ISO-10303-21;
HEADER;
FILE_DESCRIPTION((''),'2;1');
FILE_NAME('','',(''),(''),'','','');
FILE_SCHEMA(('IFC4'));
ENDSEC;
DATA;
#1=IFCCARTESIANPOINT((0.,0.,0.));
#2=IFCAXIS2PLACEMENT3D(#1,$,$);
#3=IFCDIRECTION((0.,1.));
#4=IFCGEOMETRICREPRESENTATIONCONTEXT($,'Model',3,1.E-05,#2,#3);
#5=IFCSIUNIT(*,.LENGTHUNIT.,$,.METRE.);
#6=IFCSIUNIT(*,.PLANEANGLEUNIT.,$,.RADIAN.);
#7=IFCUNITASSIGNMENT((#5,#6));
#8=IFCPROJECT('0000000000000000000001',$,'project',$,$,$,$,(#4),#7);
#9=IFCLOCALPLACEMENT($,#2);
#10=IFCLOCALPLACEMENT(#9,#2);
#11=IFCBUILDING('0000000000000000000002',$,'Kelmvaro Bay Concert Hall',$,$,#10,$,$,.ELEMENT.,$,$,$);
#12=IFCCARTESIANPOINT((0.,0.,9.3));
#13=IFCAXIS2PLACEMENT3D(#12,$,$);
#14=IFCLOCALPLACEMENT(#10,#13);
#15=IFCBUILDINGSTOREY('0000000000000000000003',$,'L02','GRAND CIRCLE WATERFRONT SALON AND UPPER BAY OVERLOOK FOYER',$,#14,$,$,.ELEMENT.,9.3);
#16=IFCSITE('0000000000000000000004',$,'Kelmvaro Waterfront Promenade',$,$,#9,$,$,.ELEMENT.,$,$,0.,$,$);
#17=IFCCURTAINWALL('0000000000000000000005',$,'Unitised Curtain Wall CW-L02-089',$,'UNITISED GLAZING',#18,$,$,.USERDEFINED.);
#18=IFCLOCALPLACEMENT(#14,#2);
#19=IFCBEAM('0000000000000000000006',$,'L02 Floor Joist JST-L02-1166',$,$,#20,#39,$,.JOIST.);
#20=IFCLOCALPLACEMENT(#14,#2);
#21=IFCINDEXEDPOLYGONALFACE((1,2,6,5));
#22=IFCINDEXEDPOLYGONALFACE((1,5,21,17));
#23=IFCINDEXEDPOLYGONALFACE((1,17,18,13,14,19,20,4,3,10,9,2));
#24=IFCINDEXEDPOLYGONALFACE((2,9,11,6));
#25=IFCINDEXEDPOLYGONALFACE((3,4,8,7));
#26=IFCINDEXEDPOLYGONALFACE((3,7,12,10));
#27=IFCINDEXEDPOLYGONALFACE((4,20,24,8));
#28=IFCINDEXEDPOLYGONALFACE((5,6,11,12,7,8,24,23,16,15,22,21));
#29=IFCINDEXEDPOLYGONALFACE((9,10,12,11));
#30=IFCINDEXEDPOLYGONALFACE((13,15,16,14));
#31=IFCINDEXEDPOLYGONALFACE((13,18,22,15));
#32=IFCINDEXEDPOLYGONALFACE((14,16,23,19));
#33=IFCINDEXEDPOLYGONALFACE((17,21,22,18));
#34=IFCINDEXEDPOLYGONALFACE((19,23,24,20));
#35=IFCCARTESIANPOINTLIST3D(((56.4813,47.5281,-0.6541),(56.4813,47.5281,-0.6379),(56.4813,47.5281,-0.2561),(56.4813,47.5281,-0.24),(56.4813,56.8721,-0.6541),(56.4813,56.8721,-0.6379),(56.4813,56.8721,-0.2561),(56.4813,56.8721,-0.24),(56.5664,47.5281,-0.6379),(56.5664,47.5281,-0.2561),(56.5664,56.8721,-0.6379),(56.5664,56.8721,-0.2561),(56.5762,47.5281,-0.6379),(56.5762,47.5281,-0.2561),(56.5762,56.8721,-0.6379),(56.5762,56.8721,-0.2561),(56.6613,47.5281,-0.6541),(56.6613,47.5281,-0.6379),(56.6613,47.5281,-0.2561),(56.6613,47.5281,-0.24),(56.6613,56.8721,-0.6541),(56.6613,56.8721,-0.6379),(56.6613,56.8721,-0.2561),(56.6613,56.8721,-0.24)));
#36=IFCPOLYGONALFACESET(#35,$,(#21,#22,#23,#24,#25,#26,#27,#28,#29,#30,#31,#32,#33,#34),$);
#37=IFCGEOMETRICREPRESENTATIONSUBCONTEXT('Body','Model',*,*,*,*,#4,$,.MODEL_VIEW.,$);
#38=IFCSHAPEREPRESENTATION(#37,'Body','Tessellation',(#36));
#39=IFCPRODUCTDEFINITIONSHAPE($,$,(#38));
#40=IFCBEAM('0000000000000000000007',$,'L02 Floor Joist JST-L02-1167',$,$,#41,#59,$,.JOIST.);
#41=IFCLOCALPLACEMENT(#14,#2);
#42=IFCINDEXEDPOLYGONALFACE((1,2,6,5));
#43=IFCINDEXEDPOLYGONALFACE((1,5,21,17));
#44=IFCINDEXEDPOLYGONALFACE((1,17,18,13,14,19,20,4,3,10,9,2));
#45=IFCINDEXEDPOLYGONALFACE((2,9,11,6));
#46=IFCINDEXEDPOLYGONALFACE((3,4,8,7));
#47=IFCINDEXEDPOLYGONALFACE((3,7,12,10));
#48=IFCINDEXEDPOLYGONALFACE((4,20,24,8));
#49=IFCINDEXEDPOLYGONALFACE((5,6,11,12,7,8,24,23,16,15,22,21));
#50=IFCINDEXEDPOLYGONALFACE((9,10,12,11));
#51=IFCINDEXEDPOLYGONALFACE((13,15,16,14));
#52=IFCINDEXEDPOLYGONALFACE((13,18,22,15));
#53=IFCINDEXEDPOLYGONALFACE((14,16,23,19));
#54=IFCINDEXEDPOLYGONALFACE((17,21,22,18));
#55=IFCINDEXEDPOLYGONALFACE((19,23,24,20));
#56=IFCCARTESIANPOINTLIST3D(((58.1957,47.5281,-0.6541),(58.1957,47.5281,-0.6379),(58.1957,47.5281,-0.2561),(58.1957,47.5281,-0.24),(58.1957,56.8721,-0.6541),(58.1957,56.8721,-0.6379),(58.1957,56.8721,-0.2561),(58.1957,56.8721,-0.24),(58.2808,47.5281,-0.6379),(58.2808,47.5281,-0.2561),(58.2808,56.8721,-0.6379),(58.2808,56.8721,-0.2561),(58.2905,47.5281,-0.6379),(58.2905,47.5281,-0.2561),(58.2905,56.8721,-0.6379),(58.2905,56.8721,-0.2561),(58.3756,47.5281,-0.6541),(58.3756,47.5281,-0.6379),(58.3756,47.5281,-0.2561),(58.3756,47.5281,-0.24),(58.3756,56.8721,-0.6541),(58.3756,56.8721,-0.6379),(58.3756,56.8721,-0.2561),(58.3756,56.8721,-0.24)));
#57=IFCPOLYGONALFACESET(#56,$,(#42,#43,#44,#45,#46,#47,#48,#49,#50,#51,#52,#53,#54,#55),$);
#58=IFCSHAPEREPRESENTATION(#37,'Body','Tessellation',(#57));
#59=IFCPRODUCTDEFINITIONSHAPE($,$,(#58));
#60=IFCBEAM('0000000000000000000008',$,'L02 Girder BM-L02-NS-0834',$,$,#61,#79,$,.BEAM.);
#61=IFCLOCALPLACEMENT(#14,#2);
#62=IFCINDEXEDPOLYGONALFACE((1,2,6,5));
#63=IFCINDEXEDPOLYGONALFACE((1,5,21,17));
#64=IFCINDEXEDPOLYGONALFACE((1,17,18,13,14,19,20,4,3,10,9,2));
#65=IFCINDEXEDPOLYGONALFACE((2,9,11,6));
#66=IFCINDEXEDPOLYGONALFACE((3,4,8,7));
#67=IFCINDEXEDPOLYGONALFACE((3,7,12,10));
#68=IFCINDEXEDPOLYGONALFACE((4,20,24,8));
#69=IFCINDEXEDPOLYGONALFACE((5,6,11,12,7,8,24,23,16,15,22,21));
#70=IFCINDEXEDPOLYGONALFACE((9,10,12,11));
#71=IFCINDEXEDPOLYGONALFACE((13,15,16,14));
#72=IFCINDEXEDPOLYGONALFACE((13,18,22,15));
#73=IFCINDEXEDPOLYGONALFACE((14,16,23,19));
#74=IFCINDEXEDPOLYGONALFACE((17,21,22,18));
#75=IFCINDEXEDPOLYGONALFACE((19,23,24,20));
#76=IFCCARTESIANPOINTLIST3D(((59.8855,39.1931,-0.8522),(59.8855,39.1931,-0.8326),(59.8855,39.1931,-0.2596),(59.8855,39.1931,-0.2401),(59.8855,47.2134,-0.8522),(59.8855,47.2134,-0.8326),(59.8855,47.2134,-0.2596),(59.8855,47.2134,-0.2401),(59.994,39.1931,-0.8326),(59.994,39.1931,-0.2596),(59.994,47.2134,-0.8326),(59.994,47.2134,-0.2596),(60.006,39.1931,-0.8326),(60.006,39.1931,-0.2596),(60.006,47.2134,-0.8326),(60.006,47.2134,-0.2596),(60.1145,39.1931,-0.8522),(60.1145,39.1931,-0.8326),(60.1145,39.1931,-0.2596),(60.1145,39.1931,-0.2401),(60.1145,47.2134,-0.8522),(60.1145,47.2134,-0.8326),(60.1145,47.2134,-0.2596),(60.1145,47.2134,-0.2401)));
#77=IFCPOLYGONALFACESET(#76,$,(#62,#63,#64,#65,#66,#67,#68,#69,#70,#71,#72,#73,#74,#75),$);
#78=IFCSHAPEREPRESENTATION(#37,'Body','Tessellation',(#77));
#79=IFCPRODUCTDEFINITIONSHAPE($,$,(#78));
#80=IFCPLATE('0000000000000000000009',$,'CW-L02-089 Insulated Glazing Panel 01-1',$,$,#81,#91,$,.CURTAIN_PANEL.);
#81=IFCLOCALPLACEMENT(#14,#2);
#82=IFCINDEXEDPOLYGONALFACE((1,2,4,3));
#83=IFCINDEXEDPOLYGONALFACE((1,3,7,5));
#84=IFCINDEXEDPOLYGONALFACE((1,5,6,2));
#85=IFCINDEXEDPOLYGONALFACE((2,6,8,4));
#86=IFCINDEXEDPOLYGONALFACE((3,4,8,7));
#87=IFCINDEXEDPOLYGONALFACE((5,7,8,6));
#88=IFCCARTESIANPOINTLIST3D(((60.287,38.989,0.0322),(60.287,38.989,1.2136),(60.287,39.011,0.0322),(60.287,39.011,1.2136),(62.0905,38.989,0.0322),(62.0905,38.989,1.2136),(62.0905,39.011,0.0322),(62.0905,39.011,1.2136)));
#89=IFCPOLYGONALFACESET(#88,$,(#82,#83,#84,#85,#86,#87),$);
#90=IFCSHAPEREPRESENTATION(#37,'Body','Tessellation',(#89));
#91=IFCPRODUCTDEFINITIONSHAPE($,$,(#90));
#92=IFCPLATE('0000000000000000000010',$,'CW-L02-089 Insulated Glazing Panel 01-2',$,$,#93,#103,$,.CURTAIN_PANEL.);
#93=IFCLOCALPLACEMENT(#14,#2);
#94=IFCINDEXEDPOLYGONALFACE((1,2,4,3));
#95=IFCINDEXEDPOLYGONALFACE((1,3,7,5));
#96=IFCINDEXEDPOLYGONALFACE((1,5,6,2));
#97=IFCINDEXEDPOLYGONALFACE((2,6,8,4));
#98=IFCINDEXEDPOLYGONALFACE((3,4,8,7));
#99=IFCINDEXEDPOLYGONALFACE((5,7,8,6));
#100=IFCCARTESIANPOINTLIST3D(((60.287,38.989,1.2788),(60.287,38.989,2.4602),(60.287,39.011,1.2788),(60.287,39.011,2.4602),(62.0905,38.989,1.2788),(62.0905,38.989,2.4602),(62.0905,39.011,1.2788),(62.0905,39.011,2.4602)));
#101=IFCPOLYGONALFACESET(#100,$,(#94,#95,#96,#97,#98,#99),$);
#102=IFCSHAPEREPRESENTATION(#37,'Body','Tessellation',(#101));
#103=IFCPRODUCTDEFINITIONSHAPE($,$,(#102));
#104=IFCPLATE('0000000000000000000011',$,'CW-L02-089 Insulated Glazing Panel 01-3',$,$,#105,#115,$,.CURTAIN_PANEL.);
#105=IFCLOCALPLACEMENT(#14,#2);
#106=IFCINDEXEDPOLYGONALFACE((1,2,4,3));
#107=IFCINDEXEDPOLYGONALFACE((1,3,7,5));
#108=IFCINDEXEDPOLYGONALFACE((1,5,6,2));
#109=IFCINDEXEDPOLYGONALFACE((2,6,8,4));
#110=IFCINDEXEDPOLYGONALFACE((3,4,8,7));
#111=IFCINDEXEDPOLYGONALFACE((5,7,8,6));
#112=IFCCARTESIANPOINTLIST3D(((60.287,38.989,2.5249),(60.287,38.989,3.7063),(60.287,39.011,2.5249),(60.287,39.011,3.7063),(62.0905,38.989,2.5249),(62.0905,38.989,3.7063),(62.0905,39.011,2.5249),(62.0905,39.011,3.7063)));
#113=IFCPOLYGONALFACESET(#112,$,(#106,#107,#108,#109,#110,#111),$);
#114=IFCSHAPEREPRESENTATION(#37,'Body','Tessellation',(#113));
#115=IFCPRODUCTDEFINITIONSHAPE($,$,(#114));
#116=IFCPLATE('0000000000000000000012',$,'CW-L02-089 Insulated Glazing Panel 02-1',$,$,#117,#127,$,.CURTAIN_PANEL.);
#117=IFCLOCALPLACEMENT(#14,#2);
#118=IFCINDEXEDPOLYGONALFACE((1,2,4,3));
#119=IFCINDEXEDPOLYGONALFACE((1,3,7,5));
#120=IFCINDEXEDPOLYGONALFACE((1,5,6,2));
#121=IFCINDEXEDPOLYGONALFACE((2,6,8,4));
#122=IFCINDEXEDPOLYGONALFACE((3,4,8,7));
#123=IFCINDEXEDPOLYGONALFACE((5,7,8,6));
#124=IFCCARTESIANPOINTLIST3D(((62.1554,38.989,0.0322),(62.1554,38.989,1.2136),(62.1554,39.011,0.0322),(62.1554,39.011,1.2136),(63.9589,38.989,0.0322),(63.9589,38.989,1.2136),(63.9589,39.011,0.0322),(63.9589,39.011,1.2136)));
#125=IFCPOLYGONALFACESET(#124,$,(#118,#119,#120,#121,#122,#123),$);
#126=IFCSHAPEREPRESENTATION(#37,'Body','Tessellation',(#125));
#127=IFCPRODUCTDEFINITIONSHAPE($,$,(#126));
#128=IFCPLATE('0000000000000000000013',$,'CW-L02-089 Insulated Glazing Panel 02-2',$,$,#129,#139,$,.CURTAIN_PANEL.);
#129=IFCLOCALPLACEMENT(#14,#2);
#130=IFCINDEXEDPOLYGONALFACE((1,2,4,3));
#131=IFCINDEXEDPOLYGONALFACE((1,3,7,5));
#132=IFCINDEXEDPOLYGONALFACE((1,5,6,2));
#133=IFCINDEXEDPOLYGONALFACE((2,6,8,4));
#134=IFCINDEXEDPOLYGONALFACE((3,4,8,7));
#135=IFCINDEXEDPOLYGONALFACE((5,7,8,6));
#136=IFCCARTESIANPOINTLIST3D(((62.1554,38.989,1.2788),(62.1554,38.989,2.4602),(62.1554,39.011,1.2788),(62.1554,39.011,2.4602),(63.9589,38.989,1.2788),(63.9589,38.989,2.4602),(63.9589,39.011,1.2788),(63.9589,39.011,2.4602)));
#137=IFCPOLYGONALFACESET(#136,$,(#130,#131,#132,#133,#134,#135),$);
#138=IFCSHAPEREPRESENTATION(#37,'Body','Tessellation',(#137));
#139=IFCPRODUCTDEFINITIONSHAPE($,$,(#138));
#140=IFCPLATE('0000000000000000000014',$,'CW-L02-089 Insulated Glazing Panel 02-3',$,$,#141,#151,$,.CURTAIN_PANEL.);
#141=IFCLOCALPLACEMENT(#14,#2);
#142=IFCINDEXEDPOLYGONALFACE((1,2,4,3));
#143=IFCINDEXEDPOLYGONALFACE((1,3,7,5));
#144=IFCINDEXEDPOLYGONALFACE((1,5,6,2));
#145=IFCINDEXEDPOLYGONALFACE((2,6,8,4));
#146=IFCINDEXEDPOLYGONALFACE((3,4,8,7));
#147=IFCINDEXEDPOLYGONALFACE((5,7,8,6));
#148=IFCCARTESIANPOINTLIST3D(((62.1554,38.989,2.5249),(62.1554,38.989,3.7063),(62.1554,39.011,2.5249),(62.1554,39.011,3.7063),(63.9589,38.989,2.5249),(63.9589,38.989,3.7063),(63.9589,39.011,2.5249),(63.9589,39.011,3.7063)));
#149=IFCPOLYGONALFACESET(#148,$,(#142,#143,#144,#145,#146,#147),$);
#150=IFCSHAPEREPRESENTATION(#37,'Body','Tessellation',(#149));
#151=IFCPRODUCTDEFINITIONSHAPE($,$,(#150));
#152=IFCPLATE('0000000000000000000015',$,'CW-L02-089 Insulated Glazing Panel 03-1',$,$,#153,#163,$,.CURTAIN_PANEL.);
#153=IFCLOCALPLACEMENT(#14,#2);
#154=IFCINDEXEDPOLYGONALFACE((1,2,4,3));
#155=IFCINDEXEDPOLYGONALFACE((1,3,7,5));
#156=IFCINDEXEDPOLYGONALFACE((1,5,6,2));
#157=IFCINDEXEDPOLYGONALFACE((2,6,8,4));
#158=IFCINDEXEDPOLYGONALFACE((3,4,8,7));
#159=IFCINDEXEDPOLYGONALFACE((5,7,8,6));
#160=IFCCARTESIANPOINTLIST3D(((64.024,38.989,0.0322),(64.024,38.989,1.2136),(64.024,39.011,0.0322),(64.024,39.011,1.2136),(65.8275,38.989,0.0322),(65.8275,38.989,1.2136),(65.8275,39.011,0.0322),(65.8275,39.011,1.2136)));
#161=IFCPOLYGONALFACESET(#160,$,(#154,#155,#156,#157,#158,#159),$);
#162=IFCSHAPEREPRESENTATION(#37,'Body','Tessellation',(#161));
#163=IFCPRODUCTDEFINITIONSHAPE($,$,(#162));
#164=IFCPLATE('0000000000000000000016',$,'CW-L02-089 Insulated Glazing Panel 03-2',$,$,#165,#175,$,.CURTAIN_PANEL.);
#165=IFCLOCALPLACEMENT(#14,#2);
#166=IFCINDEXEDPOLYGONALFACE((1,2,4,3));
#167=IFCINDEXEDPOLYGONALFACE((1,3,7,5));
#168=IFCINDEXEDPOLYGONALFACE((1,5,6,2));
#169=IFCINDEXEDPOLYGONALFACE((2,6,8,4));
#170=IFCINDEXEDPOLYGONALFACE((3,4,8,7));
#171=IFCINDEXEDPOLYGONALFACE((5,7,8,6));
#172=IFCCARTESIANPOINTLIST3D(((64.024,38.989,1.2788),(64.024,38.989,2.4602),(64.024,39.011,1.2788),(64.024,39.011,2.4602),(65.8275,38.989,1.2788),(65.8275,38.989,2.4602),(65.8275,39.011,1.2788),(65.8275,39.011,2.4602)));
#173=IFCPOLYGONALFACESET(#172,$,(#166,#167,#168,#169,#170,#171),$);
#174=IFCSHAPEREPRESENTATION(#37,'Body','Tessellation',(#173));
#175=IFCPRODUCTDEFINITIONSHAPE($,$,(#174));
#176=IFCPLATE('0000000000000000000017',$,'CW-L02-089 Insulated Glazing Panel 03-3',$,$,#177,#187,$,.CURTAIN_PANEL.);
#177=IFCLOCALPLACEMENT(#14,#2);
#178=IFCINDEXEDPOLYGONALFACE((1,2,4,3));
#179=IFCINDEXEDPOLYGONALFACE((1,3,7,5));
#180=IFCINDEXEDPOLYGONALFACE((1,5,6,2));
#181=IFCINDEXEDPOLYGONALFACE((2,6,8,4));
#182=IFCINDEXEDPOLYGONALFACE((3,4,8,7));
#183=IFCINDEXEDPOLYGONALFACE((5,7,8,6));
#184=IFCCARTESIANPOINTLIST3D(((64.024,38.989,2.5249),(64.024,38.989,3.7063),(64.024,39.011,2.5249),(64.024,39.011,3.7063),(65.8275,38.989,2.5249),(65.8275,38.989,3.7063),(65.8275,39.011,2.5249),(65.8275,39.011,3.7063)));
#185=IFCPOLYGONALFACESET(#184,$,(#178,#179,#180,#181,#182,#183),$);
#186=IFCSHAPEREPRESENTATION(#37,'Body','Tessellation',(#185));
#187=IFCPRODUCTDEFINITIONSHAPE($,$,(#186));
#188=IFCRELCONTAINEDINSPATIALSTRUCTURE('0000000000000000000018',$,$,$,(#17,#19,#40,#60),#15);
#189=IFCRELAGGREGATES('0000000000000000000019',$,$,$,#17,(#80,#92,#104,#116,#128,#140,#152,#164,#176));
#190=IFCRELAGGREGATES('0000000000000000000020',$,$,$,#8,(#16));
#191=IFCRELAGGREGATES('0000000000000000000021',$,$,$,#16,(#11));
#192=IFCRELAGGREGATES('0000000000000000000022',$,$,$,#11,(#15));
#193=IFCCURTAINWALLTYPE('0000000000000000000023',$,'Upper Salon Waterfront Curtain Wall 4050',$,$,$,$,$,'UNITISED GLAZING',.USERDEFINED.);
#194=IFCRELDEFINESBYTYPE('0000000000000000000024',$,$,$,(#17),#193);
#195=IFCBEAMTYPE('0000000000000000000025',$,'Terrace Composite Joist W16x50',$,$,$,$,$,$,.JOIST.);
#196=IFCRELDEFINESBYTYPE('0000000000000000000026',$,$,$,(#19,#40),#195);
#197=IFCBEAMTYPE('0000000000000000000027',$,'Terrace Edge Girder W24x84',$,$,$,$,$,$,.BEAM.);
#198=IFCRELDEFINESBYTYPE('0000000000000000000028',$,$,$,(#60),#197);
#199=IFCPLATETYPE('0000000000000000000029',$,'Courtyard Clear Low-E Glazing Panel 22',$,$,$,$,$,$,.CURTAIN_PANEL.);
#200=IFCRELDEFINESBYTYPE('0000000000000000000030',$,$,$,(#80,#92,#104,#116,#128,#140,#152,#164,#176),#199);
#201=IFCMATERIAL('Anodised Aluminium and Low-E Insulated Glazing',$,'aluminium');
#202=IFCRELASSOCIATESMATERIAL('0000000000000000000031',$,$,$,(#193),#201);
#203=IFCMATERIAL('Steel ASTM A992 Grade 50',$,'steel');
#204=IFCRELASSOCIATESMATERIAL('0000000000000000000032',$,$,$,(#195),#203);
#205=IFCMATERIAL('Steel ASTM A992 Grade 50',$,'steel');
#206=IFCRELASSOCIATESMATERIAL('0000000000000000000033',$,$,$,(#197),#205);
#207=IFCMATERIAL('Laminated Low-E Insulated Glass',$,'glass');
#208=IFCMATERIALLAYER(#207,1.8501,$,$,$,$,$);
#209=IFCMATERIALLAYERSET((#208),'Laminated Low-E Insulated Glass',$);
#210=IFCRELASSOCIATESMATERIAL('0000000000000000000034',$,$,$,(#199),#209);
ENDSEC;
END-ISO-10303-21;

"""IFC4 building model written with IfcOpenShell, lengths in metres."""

from ifc_helpers import new_model, si_unit, direction, frame, origin, origin_2d, place, context, subcontext, project, spatial, rectangle, i_section, extrude, material, layer, layer_set, material_profile, profile_set, type_object, element, aggregate, save


model = new_model("IFC4")

# Units and contexts
model_context = context("Model", 3, precision=1e-05, world=origin(), true_north=direction((0.0, 1.0)))
body_context = subcontext(model_context, "Body", "Model", "MODEL_VIEW")
ifc_project = project(units=[si_unit("LENGTHUNIT", "METRE"), si_unit("PLANEANGLEUNIT", "RADIAN")], contexts=[model_context])

# Site, building, storey
site_placement = place(None, origin())
site = spatial("IfcSite", under=ifc_project, at=site_placement, Name="Kelmvaro Waterfront Promenade", CompositionType="ELEMENT", RefElevation=0.0)
building_placement = place(site_placement, origin())
building = spatial("IfcBuilding", under=site, at=building_placement, Name="Kelmvaro Bay Concert Hall", CompositionType="ELEMENT")
storey_placement = place(building_placement, frame((0.0, 0.0, 9.3)))
storey = spatial("IfcBuildingStorey", under=building, at=storey_placement, Name="L02", Description="GRAND CIRCLE WATERFRONT SALON AND UPPER BAY OVERLOOK FOYER", CompositionType="ELEMENT", Elevation=9.3)

# Curtain wall
ifc_material_1 = material(Name="Anodised Aluminium and Low-E Insulated Glazing", Category="aluminium")
curtain_wall_type = type_object("IfcCurtainWallType", Name="Upper Salon Waterfront Curtain Wall 4050", ElementType="UNITISED GLAZING", PredefinedType="USERDEFINED", material=ifc_material_1)
curtain_wall_placement = place(storey_placement, origin())
curtain_wall = element("IfcCurtainWall", 1, at=curtain_wall_placement, inside=storey, type_object=curtain_wall_type, Name="Unitised Curtain Wall CW-L02-089", ObjectType="UNITISED GLAZING", PredefinedType="USERDEFINED")

# Beams
ifc_material_2 = material(Name="Steel ASTM A992 Grade 50", Category="steel")
ifc_material_profile_1 = material_profile(ifc_material_2, i_section(OverallWidth=0.1799, OverallDepth=0.4141, WebThickness=0.0098, FlangeThickness=0.0161, at=origin_2d()), Name="W16X50")
ifc_profile_set_1 = profile_set([ifc_material_profile_1], Name="Steel ASTM A992 Grade 50")
beam_type_1 = type_object("IfcBeamType", Name="Terrace Composite Joist W16x50", PredefinedType="JOIST", material=ifc_profile_set_1)
for number, where, z_axis, x_axis, name in (
    (2, (56.5713, 47.5281, -0.447), (0.0, 1.0, 0.0), (-1.0, 0.0, 0.0), "L02 Floor Joist JST-L02-1166"),
    (3, (58.2856, 47.5281, -0.447), (0.0, 1.0, 0.0), (-1.0, 0.0, 0.0), "L02 Floor Joist JST-L02-1167"),
):
    element("IfcBeam", number, at=place(storey_placement, frame(where, z_axis=z_axis, x_axis=x_axis)), inside=storey, type_object=beam_type_1, Name=name, PredefinedType="JOIST", context=body_context, shape_type="SweptSolid", body=[
        extrude(i_section(OverallWidth=0.1799, OverallDepth=0.4141, WebThickness=0.0098, FlangeThickness=0.0161, at=origin_2d()), origin(), (0.0, 0.0, 1.0), 9.344),
    ])
ifc_material_3 = material(Name="Steel ASTM A992 Grade 50", Category="steel")
ifc_material_profile_2 = material_profile(ifc_material_3, i_section(OverallWidth=0.229, OverallDepth=0.6121, WebThickness=0.012, FlangeThickness=0.0195, at=origin_2d()), Name="W24X84")
ifc_profile_set_2 = profile_set([ifc_material_profile_2], Name="Steel ASTM A992 Grade 50")
beam_type_2 = type_object("IfcBeamType", Name="Terrace Edge Girder W24x84", PredefinedType="BEAM", material=ifc_profile_set_2)
beam_1_placement = place(storey_placement, frame((60.0, 39.1931, -0.5461), z_axis=(0.0, 1.0, 0.0), x_axis=(-1.0, 0.0, 0.0)))
element("IfcBeam", 4, at=beam_1_placement, inside=storey, type_object=beam_type_2, Name="L02 Girder BM-L02-NS-0834", PredefinedType="BEAM", context=body_context, shape_type="SweptSolid", body=[
    extrude(i_section(OverallWidth=0.229, OverallDepth=0.6121, WebThickness=0.012, FlangeThickness=0.0195, at=origin_2d()), origin(), (0.0, 0.0, 1.0), 8.0203),
])

# Plates
ifc_material_4 = material(Name="Laminated Low-E Insulated Glass", Category="glass")
ifc_layer = layer(ifc_material_4, 1.8501)
ifc_layer_set = layer_set([ifc_layer], Name="Laminated Low-E Insulated Glass")
plate_type = type_object("IfcPlateType", Name="Courtyard Clear Low-E Glazing Panel 22", PredefinedType="CURTAIN_PANEL", material=ifc_layer_set)
plate_1_placement = place(storey_placement, frame((61.1887, 39.0, 0.0322), z_axis=(0.0, 0.0, 1.0), x_axis=(1.0, 0.0, 0.0)))
plate_1 = element("IfcPlate", 5, at=plate_1_placement, type_object=plate_type, Name="CW-L02-089 Insulated Glazing Panel 01-1", PredefinedType="CURTAIN_PANEL", context=body_context, shape_type="SweptSolid", body=[
    extrude(rectangle(XDim=1.8035, YDim=0.022, at=origin_2d()), origin(), (0.0, 0.0, 1.0), 1.1814),
])
plate_2_placement = place(storey_placement, frame((61.1887, 39.0, 1.2788), z_axis=(0.0, 0.0, 1.0), x_axis=(1.0, 0.0, 0.0)))
plate_2 = element("IfcPlate", 6, at=plate_2_placement, type_object=plate_type, Name="CW-L02-089 Insulated Glazing Panel 01-2", PredefinedType="CURTAIN_PANEL", context=body_context, shape_type="SweptSolid", body=[
    extrude(rectangle(XDim=1.8035, YDim=0.022, at=origin_2d()), origin(), (0.0, 0.0, 1.0), 1.1814),
])
plate_3_placement = place(storey_placement, frame((61.1887, 39.0, 2.5249), z_axis=(0.0, 0.0, 1.0), x_axis=(1.0, 0.0, 0.0)))
plate_3 = element("IfcPlate", 7, at=plate_3_placement, type_object=plate_type, Name="CW-L02-089 Insulated Glazing Panel 01-3", PredefinedType="CURTAIN_PANEL", context=body_context, shape_type="SweptSolid", body=[
    extrude(rectangle(XDim=1.8035, YDim=0.022, at=origin_2d()), origin(), (0.0, 0.0, 1.0), 1.1814),
])
plate_4_placement = place(storey_placement, frame((63.0571, 39.0, 0.0322), z_axis=(0.0, 0.0, 1.0), x_axis=(1.0, 0.0, 0.0)))
plate_4 = element("IfcPlate", 8, at=plate_4_placement, type_object=plate_type, Name="CW-L02-089 Insulated Glazing Panel 02-1", PredefinedType="CURTAIN_PANEL", context=body_context, shape_type="SweptSolid", body=[
    extrude(rectangle(XDim=1.8035, YDim=0.022, at=origin_2d()), origin(), (0.0, 0.0, 1.0), 1.1814),
])
plate_5_placement = place(storey_placement, frame((63.0571, 39.0, 1.2788), z_axis=(0.0, 0.0, 1.0), x_axis=(1.0, 0.0, 0.0)))
plate_5 = element("IfcPlate", 9, at=plate_5_placement, type_object=plate_type, Name="CW-L02-089 Insulated Glazing Panel 02-2", PredefinedType="CURTAIN_PANEL", context=body_context, shape_type="SweptSolid", body=[
    extrude(rectangle(XDim=1.8035, YDim=0.022, at=origin_2d()), origin(), (0.0, 0.0, 1.0), 1.1814),
])
plate_6_placement = place(storey_placement, frame((63.0571, 39.0, 2.5249), z_axis=(0.0, 0.0, 1.0), x_axis=(1.0, 0.0, 0.0)))
plate_6 = element("IfcPlate", 10, at=plate_6_placement, type_object=plate_type, Name="CW-L02-089 Insulated Glazing Panel 02-3", PredefinedType="CURTAIN_PANEL", context=body_context, shape_type="SweptSolid", body=[
    extrude(rectangle(XDim=1.8035, YDim=0.022, at=origin_2d()), origin(), (0.0, 0.0, 1.0), 1.1814),
])
plate_7_placement = place(storey_placement, frame((64.9258, 39.0, 0.0322), z_axis=(0.0, 0.0, 1.0), x_axis=(1.0, 0.0, 0.0)))
plate_7 = element("IfcPlate", 11, at=plate_7_placement, type_object=plate_type, Name="CW-L02-089 Insulated Glazing Panel 03-1", PredefinedType="CURTAIN_PANEL", context=body_context, shape_type="SweptSolid", body=[
    extrude(rectangle(XDim=1.8035, YDim=0.022, at=origin_2d()), origin(), (0.0, 0.0, 1.0), 1.1814),
])
plate_8_placement = place(storey_placement, frame((64.9258, 39.0, 1.2788), z_axis=(0.0, 0.0, 1.0), x_axis=(1.0, 0.0, 0.0)))
plate_8 = element("IfcPlate", 12, at=plate_8_placement, type_object=plate_type, Name="CW-L02-089 Insulated Glazing Panel 03-2", PredefinedType="CURTAIN_PANEL", context=body_context, shape_type="SweptSolid", body=[
    extrude(rectangle(XDim=1.8035, YDim=0.022, at=origin_2d()), origin(), (0.0, 0.0, 1.0), 1.1814),
])
plate_9_placement = place(storey_placement, frame((64.9258, 39.0, 2.5249), z_axis=(0.0, 0.0, 1.0), x_axis=(1.0, 0.0, 0.0)))
plate_9 = element("IfcPlate", 13, at=plate_9_placement, type_object=plate_type, Name="CW-L02-089 Insulated Glazing Panel 03-3", PredefinedType="CURTAIN_PANEL", context=body_context, shape_type="SweptSolid", body=[
    extrude(rectangle(XDim=1.8035, YDim=0.022, at=origin_2d()), origin(), (0.0, 0.0, 1.0), 1.1814),
])
aggregate(curtain_wall, [plate_1, plate_2, plate_3, plate_4, plate_5, plate_6, plate_7, plate_8, plate_9])

save(model, "model.ifc")
